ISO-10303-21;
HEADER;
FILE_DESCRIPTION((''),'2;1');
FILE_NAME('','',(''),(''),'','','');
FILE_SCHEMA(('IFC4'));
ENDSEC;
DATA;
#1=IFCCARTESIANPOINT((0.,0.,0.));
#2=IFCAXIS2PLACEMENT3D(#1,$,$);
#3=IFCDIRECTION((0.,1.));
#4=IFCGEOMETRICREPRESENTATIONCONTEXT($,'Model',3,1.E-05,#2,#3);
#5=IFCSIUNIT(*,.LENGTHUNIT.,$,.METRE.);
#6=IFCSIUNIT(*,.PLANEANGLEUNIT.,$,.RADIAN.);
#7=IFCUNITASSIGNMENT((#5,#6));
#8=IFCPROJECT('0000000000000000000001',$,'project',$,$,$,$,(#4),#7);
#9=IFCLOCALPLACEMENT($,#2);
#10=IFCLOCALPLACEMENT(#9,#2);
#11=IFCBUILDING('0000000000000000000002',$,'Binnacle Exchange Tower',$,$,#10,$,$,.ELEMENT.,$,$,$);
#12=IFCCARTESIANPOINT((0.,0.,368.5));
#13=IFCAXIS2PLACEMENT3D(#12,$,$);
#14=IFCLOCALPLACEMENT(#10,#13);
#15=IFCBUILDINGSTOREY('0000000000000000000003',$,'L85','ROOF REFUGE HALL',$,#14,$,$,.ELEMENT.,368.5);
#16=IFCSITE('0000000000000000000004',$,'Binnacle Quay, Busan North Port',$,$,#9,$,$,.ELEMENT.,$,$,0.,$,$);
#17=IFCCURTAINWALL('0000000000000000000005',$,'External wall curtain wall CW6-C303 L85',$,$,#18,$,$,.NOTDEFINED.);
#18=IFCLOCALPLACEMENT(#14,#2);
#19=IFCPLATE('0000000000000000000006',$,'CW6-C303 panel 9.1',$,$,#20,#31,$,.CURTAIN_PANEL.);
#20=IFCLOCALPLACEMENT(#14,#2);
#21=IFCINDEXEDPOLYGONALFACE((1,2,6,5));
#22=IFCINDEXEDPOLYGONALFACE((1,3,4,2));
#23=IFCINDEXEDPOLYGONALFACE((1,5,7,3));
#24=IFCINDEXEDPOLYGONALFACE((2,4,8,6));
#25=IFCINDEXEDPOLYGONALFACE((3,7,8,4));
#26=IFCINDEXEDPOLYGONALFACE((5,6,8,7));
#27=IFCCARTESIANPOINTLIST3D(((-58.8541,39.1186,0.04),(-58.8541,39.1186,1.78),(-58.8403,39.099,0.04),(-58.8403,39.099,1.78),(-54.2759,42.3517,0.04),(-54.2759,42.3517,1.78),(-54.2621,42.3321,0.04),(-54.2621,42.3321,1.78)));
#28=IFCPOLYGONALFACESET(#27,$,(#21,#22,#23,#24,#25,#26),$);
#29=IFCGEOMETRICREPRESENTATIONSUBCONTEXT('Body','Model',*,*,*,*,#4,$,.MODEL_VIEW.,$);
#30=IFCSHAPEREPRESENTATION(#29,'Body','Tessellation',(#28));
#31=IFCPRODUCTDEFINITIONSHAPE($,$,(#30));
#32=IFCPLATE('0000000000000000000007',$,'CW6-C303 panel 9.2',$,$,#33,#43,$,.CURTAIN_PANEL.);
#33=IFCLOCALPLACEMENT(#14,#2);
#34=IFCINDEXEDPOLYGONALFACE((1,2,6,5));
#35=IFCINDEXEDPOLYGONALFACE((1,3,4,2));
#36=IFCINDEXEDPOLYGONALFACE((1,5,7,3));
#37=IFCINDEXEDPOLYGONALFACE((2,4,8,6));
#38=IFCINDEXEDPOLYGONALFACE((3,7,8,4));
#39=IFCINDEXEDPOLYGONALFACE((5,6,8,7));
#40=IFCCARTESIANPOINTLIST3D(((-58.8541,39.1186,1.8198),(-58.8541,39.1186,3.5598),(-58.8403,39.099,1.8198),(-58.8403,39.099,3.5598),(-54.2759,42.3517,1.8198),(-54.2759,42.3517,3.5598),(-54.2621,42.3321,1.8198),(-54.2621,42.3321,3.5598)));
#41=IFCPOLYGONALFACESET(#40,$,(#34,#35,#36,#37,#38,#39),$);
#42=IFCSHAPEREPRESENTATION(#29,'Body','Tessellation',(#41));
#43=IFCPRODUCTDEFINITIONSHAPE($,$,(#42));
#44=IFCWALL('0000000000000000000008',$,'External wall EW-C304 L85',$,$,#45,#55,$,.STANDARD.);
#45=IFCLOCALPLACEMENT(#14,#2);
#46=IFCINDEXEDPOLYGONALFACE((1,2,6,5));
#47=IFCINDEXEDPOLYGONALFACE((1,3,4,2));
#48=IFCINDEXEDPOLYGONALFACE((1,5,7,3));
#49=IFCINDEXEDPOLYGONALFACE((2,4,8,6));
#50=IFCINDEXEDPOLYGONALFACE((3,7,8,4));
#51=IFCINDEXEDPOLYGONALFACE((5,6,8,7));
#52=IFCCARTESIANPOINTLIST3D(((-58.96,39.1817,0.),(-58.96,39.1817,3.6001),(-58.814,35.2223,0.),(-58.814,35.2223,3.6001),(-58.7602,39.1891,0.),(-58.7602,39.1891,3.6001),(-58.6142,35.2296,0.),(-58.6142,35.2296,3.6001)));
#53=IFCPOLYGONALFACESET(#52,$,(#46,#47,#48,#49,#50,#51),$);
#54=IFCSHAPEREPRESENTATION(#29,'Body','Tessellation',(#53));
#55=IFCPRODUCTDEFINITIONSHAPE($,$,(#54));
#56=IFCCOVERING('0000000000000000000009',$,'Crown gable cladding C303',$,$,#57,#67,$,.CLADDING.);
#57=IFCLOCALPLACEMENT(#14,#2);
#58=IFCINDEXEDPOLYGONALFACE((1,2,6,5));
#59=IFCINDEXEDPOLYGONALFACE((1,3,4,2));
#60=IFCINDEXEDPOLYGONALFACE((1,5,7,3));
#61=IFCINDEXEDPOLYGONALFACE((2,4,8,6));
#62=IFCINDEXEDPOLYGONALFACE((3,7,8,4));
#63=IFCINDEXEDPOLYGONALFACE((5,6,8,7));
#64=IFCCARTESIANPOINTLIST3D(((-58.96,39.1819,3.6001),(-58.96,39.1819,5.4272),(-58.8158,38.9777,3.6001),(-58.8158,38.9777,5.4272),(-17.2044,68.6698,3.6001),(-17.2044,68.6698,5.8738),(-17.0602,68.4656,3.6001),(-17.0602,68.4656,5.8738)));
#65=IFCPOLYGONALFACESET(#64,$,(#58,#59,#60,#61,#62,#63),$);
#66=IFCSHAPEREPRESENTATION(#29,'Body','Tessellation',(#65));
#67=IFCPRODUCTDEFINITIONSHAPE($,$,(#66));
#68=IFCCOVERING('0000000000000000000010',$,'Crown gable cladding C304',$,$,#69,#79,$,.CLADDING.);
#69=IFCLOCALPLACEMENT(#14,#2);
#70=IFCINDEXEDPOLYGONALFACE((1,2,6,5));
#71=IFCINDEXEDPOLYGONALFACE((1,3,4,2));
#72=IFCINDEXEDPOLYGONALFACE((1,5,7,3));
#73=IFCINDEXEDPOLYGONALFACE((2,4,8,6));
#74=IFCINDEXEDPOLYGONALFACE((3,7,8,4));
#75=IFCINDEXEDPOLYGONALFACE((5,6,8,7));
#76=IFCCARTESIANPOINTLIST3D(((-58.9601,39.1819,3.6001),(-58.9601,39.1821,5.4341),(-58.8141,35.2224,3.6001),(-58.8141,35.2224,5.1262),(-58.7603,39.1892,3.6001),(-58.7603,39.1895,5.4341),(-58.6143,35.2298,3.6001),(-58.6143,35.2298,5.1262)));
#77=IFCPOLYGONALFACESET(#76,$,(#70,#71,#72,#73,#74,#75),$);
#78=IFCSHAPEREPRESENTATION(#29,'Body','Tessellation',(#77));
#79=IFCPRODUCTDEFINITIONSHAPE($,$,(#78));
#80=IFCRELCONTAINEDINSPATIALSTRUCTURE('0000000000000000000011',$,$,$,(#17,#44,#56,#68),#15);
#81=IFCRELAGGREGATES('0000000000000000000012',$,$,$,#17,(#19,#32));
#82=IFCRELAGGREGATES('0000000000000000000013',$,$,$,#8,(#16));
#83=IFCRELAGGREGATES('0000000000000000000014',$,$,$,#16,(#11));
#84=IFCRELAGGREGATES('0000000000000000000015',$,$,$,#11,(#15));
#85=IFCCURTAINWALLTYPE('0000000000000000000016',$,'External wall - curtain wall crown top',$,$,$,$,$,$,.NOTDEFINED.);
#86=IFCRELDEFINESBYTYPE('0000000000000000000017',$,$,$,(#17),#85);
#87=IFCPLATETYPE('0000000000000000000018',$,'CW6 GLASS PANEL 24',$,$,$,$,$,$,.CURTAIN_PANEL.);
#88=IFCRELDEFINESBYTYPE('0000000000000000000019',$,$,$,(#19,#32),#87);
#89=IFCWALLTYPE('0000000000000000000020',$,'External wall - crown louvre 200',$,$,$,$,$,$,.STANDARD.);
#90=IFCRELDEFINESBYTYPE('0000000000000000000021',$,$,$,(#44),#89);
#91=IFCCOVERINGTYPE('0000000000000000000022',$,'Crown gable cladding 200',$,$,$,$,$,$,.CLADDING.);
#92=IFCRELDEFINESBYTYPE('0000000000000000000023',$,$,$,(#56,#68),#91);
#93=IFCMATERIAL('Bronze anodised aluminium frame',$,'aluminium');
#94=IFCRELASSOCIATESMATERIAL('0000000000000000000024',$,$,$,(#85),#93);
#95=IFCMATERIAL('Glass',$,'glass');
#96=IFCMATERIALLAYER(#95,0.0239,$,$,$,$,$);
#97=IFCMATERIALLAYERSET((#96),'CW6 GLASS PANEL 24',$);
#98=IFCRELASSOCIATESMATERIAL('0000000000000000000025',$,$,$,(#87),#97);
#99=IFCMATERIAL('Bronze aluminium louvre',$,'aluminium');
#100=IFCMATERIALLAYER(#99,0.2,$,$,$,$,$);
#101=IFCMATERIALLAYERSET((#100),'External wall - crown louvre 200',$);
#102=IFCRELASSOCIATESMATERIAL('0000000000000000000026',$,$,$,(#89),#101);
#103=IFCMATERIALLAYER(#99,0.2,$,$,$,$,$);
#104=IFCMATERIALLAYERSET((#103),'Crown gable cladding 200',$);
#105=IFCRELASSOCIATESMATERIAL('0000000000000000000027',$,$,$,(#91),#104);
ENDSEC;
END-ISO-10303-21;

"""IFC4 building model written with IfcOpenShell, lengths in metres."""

from ifc_helpers import new_model, si_unit, direction, frame, frame_2d, origin, origin_2d, place, context, subcontext, project, spatial, polyline, rectangle, outline, extrude, material, layer, layer_set, type_object, element, aggregate, save


model = new_model("IFC4")

# Units and contexts
model_context = context("Model", 3, precision=1e-05, world=origin(), true_north=direction((0.0, 1.0)))
body_context = subcontext(model_context, "Body", "Model", "MODEL_VIEW")
ifc_project = project(units=[si_unit("LENGTHUNIT", "METRE"), si_unit("PLANEANGLEUNIT", "RADIAN")], contexts=[model_context])

# Site, building, storey
site_placement = place(None, origin())
site = spatial("IfcSite", under=ifc_project, at=site_placement, Name="Binnacle Quay, Busan North Port", CompositionType="ELEMENT", RefElevation=0.0)
building_placement = place(site_placement, origin())
building = spatial("IfcBuilding", under=site, at=building_placement, Name="Binnacle Exchange Tower", CompositionType="ELEMENT")
storey_placement = place(building_placement, frame((0.0, 0.0, 368.5)))
storey = spatial("IfcBuildingStorey", under=building, at=storey_placement, Name="L85", Description="ROOF REFUGE HALL", CompositionType="ELEMENT", Elevation=368.5)

# Curtain wall
ifc_material_1 = material(Name="Bronze anodised aluminium frame", Category="aluminium")
curtain_wall_type = type_object("IfcCurtainWallType", Name="External wall - curtain wall crown top", PredefinedType="NOTDEFINED", material=ifc_material_1)
curtain_wall_placement = place(storey_placement, origin())
curtain_wall = element("IfcCurtainWall", 1, at=curtain_wall_placement, inside=storey, type_object=curtain_wall_type, Name="External wall curtain wall CW6-C303 L85", PredefinedType="NOTDEFINED")

# Plates
ifc_material_2 = material(Name="Glass", Category="glass")
ifc_layer_1 = layer(ifc_material_2, 0.0239)
ifc_layer_set_1 = layer_set([ifc_layer_1], Name="CW6 GLASS PANEL 24")
plate_type = type_object("IfcPlateType", Name="CW6 GLASS PANEL 24", PredefinedType="CURTAIN_PANEL", material=ifc_layer_set_1)
plate_1_placement = place(storey_placement, frame((-56.5581, 40.7253, 0.04), z_axis=(0.0, 0.0, 1.0), x_axis=(-0.816847, -0.576854, 0.0)))
plate_1 = element("IfcPlate", 2, at=plate_1_placement, type_object=plate_type, Name="CW6-C303 panel 9.1", PredefinedType="CURTAIN_PANEL", context=body_context, shape_type="SweptSolid", body=[
    extrude(rectangle(XDim=5.6047, YDim=0.0239, at=origin_2d()), origin(), (0.0, 0.0, 1.0), 1.74),
])
plate_2_placement = place(storey_placement, frame((-56.5581, 40.7253, 1.8198), z_axis=(0.0, 0.0, 1.0), x_axis=(-0.816847, -0.576854, 0.0)))
plate_2 = element("IfcPlate", 3, at=plate_2_placement, type_object=plate_type, Name="CW6-C303 panel 9.2", PredefinedType="CURTAIN_PANEL", context=body_context, shape_type="SweptSolid", body=[
    extrude(rectangle(XDim=5.6047, YDim=0.0239, at=origin_2d()), origin(), (0.0, 0.0, 1.0), 1.74),
])
aggregate(curtain_wall, [plate_1, plate_2])

# Wall
ifc_material_3 = material(Name="Bronze aluminium louvre", Category="aluminium")
ifc_layer_2 = layer(ifc_material_3, 0.2)
ifc_layer_set_2 = layer_set([ifc_layer_2], Name="External wall - crown louvre 200")
wall_type = type_object("IfcWallType", Name="External wall - crown louvre 200", PredefinedType="STANDARD", material=ifc_layer_set_2)
wall_placement = place(storey_placement, frame((-58.7141, 35.2261, 0.0), z_axis=(0.0, 0.0, 1.0), x_axis=(-0.036848, 0.999321, 0.0)))
element("IfcWall", 4, at=wall_placement, inside=storey, type_object=wall_type, Name="External wall EW-C304 L85", PredefinedType="STANDARD", context=body_context, shape_type="SweptSolid", body=[
    extrude(rectangle(XDim=3.9622, YDim=0.2, at=frame_2d((1.981, 0.0))), origin(), (0.0, 0.0, 1.0), 3.6001),
])

# Coverings
ifc_layer_3 = layer(ifc_material_3, 0.2)
ifc_layer_set_3 = layer_set([ifc_layer_3], Name="Crown gable cladding 200")
covering_type = type_object("IfcCoveringType", Name="Crown gable cladding 200", PredefinedType="CLADDING", material=ifc_layer_set_3)
covering_1_placement = place(storey_placement, frame((-58.8879, 39.0798, 3.6001), z_axis=(0.0, 0.0, 1.0), x_axis=(0.816846, 0.576856, 0.0)))
element("IfcCovering", 5, at=covering_1_placement, inside=storey, type_object=covering_type, Name="Crown gable cladding C303", PredefinedType="CLADDING", context=body_context, shape_type="SweptSolid", body=[
    extrude(outline(polyline([(0.0, 0.0), (51.1182, 0.0), (51.1182, 2.2737), (0.0, 1.8271), (0.0, 0.0)])), frame((0.0, 0.125, 0.0), z_axis=(0.0, -1.0, 0.0), x_axis=(1.0, 0.0, 0.0)), (0.0, 0.0, 1.0), 0.25),
])
covering_2_placement = place(storey_placement, frame((-58.7141, 35.2261, 3.6001), z_axis=(0.0, 0.0, 1.0), x_axis=(-0.036848, 0.999321, 0.0)))
element("IfcCovering", 6, at=covering_2_placement, inside=storey, type_object=covering_type, Name="Crown gable cladding C304", PredefinedType="CLADDING", context=body_context, shape_type="SweptSolid", body=[
    extrude(outline(polyline([(0.0, 0.0), (3.9622, 0.0), (3.9624, 1.834), (0.0, 1.5261), (0.0, 0.0)])), frame((0.0, 0.1001, 0.0), z_axis=(0.0, -1.0, 0.0), x_axis=(1.0, 0.0, 0.0)), (0.0, 0.0, 1.0), 0.2),
])

save(model, "model.ifc")
